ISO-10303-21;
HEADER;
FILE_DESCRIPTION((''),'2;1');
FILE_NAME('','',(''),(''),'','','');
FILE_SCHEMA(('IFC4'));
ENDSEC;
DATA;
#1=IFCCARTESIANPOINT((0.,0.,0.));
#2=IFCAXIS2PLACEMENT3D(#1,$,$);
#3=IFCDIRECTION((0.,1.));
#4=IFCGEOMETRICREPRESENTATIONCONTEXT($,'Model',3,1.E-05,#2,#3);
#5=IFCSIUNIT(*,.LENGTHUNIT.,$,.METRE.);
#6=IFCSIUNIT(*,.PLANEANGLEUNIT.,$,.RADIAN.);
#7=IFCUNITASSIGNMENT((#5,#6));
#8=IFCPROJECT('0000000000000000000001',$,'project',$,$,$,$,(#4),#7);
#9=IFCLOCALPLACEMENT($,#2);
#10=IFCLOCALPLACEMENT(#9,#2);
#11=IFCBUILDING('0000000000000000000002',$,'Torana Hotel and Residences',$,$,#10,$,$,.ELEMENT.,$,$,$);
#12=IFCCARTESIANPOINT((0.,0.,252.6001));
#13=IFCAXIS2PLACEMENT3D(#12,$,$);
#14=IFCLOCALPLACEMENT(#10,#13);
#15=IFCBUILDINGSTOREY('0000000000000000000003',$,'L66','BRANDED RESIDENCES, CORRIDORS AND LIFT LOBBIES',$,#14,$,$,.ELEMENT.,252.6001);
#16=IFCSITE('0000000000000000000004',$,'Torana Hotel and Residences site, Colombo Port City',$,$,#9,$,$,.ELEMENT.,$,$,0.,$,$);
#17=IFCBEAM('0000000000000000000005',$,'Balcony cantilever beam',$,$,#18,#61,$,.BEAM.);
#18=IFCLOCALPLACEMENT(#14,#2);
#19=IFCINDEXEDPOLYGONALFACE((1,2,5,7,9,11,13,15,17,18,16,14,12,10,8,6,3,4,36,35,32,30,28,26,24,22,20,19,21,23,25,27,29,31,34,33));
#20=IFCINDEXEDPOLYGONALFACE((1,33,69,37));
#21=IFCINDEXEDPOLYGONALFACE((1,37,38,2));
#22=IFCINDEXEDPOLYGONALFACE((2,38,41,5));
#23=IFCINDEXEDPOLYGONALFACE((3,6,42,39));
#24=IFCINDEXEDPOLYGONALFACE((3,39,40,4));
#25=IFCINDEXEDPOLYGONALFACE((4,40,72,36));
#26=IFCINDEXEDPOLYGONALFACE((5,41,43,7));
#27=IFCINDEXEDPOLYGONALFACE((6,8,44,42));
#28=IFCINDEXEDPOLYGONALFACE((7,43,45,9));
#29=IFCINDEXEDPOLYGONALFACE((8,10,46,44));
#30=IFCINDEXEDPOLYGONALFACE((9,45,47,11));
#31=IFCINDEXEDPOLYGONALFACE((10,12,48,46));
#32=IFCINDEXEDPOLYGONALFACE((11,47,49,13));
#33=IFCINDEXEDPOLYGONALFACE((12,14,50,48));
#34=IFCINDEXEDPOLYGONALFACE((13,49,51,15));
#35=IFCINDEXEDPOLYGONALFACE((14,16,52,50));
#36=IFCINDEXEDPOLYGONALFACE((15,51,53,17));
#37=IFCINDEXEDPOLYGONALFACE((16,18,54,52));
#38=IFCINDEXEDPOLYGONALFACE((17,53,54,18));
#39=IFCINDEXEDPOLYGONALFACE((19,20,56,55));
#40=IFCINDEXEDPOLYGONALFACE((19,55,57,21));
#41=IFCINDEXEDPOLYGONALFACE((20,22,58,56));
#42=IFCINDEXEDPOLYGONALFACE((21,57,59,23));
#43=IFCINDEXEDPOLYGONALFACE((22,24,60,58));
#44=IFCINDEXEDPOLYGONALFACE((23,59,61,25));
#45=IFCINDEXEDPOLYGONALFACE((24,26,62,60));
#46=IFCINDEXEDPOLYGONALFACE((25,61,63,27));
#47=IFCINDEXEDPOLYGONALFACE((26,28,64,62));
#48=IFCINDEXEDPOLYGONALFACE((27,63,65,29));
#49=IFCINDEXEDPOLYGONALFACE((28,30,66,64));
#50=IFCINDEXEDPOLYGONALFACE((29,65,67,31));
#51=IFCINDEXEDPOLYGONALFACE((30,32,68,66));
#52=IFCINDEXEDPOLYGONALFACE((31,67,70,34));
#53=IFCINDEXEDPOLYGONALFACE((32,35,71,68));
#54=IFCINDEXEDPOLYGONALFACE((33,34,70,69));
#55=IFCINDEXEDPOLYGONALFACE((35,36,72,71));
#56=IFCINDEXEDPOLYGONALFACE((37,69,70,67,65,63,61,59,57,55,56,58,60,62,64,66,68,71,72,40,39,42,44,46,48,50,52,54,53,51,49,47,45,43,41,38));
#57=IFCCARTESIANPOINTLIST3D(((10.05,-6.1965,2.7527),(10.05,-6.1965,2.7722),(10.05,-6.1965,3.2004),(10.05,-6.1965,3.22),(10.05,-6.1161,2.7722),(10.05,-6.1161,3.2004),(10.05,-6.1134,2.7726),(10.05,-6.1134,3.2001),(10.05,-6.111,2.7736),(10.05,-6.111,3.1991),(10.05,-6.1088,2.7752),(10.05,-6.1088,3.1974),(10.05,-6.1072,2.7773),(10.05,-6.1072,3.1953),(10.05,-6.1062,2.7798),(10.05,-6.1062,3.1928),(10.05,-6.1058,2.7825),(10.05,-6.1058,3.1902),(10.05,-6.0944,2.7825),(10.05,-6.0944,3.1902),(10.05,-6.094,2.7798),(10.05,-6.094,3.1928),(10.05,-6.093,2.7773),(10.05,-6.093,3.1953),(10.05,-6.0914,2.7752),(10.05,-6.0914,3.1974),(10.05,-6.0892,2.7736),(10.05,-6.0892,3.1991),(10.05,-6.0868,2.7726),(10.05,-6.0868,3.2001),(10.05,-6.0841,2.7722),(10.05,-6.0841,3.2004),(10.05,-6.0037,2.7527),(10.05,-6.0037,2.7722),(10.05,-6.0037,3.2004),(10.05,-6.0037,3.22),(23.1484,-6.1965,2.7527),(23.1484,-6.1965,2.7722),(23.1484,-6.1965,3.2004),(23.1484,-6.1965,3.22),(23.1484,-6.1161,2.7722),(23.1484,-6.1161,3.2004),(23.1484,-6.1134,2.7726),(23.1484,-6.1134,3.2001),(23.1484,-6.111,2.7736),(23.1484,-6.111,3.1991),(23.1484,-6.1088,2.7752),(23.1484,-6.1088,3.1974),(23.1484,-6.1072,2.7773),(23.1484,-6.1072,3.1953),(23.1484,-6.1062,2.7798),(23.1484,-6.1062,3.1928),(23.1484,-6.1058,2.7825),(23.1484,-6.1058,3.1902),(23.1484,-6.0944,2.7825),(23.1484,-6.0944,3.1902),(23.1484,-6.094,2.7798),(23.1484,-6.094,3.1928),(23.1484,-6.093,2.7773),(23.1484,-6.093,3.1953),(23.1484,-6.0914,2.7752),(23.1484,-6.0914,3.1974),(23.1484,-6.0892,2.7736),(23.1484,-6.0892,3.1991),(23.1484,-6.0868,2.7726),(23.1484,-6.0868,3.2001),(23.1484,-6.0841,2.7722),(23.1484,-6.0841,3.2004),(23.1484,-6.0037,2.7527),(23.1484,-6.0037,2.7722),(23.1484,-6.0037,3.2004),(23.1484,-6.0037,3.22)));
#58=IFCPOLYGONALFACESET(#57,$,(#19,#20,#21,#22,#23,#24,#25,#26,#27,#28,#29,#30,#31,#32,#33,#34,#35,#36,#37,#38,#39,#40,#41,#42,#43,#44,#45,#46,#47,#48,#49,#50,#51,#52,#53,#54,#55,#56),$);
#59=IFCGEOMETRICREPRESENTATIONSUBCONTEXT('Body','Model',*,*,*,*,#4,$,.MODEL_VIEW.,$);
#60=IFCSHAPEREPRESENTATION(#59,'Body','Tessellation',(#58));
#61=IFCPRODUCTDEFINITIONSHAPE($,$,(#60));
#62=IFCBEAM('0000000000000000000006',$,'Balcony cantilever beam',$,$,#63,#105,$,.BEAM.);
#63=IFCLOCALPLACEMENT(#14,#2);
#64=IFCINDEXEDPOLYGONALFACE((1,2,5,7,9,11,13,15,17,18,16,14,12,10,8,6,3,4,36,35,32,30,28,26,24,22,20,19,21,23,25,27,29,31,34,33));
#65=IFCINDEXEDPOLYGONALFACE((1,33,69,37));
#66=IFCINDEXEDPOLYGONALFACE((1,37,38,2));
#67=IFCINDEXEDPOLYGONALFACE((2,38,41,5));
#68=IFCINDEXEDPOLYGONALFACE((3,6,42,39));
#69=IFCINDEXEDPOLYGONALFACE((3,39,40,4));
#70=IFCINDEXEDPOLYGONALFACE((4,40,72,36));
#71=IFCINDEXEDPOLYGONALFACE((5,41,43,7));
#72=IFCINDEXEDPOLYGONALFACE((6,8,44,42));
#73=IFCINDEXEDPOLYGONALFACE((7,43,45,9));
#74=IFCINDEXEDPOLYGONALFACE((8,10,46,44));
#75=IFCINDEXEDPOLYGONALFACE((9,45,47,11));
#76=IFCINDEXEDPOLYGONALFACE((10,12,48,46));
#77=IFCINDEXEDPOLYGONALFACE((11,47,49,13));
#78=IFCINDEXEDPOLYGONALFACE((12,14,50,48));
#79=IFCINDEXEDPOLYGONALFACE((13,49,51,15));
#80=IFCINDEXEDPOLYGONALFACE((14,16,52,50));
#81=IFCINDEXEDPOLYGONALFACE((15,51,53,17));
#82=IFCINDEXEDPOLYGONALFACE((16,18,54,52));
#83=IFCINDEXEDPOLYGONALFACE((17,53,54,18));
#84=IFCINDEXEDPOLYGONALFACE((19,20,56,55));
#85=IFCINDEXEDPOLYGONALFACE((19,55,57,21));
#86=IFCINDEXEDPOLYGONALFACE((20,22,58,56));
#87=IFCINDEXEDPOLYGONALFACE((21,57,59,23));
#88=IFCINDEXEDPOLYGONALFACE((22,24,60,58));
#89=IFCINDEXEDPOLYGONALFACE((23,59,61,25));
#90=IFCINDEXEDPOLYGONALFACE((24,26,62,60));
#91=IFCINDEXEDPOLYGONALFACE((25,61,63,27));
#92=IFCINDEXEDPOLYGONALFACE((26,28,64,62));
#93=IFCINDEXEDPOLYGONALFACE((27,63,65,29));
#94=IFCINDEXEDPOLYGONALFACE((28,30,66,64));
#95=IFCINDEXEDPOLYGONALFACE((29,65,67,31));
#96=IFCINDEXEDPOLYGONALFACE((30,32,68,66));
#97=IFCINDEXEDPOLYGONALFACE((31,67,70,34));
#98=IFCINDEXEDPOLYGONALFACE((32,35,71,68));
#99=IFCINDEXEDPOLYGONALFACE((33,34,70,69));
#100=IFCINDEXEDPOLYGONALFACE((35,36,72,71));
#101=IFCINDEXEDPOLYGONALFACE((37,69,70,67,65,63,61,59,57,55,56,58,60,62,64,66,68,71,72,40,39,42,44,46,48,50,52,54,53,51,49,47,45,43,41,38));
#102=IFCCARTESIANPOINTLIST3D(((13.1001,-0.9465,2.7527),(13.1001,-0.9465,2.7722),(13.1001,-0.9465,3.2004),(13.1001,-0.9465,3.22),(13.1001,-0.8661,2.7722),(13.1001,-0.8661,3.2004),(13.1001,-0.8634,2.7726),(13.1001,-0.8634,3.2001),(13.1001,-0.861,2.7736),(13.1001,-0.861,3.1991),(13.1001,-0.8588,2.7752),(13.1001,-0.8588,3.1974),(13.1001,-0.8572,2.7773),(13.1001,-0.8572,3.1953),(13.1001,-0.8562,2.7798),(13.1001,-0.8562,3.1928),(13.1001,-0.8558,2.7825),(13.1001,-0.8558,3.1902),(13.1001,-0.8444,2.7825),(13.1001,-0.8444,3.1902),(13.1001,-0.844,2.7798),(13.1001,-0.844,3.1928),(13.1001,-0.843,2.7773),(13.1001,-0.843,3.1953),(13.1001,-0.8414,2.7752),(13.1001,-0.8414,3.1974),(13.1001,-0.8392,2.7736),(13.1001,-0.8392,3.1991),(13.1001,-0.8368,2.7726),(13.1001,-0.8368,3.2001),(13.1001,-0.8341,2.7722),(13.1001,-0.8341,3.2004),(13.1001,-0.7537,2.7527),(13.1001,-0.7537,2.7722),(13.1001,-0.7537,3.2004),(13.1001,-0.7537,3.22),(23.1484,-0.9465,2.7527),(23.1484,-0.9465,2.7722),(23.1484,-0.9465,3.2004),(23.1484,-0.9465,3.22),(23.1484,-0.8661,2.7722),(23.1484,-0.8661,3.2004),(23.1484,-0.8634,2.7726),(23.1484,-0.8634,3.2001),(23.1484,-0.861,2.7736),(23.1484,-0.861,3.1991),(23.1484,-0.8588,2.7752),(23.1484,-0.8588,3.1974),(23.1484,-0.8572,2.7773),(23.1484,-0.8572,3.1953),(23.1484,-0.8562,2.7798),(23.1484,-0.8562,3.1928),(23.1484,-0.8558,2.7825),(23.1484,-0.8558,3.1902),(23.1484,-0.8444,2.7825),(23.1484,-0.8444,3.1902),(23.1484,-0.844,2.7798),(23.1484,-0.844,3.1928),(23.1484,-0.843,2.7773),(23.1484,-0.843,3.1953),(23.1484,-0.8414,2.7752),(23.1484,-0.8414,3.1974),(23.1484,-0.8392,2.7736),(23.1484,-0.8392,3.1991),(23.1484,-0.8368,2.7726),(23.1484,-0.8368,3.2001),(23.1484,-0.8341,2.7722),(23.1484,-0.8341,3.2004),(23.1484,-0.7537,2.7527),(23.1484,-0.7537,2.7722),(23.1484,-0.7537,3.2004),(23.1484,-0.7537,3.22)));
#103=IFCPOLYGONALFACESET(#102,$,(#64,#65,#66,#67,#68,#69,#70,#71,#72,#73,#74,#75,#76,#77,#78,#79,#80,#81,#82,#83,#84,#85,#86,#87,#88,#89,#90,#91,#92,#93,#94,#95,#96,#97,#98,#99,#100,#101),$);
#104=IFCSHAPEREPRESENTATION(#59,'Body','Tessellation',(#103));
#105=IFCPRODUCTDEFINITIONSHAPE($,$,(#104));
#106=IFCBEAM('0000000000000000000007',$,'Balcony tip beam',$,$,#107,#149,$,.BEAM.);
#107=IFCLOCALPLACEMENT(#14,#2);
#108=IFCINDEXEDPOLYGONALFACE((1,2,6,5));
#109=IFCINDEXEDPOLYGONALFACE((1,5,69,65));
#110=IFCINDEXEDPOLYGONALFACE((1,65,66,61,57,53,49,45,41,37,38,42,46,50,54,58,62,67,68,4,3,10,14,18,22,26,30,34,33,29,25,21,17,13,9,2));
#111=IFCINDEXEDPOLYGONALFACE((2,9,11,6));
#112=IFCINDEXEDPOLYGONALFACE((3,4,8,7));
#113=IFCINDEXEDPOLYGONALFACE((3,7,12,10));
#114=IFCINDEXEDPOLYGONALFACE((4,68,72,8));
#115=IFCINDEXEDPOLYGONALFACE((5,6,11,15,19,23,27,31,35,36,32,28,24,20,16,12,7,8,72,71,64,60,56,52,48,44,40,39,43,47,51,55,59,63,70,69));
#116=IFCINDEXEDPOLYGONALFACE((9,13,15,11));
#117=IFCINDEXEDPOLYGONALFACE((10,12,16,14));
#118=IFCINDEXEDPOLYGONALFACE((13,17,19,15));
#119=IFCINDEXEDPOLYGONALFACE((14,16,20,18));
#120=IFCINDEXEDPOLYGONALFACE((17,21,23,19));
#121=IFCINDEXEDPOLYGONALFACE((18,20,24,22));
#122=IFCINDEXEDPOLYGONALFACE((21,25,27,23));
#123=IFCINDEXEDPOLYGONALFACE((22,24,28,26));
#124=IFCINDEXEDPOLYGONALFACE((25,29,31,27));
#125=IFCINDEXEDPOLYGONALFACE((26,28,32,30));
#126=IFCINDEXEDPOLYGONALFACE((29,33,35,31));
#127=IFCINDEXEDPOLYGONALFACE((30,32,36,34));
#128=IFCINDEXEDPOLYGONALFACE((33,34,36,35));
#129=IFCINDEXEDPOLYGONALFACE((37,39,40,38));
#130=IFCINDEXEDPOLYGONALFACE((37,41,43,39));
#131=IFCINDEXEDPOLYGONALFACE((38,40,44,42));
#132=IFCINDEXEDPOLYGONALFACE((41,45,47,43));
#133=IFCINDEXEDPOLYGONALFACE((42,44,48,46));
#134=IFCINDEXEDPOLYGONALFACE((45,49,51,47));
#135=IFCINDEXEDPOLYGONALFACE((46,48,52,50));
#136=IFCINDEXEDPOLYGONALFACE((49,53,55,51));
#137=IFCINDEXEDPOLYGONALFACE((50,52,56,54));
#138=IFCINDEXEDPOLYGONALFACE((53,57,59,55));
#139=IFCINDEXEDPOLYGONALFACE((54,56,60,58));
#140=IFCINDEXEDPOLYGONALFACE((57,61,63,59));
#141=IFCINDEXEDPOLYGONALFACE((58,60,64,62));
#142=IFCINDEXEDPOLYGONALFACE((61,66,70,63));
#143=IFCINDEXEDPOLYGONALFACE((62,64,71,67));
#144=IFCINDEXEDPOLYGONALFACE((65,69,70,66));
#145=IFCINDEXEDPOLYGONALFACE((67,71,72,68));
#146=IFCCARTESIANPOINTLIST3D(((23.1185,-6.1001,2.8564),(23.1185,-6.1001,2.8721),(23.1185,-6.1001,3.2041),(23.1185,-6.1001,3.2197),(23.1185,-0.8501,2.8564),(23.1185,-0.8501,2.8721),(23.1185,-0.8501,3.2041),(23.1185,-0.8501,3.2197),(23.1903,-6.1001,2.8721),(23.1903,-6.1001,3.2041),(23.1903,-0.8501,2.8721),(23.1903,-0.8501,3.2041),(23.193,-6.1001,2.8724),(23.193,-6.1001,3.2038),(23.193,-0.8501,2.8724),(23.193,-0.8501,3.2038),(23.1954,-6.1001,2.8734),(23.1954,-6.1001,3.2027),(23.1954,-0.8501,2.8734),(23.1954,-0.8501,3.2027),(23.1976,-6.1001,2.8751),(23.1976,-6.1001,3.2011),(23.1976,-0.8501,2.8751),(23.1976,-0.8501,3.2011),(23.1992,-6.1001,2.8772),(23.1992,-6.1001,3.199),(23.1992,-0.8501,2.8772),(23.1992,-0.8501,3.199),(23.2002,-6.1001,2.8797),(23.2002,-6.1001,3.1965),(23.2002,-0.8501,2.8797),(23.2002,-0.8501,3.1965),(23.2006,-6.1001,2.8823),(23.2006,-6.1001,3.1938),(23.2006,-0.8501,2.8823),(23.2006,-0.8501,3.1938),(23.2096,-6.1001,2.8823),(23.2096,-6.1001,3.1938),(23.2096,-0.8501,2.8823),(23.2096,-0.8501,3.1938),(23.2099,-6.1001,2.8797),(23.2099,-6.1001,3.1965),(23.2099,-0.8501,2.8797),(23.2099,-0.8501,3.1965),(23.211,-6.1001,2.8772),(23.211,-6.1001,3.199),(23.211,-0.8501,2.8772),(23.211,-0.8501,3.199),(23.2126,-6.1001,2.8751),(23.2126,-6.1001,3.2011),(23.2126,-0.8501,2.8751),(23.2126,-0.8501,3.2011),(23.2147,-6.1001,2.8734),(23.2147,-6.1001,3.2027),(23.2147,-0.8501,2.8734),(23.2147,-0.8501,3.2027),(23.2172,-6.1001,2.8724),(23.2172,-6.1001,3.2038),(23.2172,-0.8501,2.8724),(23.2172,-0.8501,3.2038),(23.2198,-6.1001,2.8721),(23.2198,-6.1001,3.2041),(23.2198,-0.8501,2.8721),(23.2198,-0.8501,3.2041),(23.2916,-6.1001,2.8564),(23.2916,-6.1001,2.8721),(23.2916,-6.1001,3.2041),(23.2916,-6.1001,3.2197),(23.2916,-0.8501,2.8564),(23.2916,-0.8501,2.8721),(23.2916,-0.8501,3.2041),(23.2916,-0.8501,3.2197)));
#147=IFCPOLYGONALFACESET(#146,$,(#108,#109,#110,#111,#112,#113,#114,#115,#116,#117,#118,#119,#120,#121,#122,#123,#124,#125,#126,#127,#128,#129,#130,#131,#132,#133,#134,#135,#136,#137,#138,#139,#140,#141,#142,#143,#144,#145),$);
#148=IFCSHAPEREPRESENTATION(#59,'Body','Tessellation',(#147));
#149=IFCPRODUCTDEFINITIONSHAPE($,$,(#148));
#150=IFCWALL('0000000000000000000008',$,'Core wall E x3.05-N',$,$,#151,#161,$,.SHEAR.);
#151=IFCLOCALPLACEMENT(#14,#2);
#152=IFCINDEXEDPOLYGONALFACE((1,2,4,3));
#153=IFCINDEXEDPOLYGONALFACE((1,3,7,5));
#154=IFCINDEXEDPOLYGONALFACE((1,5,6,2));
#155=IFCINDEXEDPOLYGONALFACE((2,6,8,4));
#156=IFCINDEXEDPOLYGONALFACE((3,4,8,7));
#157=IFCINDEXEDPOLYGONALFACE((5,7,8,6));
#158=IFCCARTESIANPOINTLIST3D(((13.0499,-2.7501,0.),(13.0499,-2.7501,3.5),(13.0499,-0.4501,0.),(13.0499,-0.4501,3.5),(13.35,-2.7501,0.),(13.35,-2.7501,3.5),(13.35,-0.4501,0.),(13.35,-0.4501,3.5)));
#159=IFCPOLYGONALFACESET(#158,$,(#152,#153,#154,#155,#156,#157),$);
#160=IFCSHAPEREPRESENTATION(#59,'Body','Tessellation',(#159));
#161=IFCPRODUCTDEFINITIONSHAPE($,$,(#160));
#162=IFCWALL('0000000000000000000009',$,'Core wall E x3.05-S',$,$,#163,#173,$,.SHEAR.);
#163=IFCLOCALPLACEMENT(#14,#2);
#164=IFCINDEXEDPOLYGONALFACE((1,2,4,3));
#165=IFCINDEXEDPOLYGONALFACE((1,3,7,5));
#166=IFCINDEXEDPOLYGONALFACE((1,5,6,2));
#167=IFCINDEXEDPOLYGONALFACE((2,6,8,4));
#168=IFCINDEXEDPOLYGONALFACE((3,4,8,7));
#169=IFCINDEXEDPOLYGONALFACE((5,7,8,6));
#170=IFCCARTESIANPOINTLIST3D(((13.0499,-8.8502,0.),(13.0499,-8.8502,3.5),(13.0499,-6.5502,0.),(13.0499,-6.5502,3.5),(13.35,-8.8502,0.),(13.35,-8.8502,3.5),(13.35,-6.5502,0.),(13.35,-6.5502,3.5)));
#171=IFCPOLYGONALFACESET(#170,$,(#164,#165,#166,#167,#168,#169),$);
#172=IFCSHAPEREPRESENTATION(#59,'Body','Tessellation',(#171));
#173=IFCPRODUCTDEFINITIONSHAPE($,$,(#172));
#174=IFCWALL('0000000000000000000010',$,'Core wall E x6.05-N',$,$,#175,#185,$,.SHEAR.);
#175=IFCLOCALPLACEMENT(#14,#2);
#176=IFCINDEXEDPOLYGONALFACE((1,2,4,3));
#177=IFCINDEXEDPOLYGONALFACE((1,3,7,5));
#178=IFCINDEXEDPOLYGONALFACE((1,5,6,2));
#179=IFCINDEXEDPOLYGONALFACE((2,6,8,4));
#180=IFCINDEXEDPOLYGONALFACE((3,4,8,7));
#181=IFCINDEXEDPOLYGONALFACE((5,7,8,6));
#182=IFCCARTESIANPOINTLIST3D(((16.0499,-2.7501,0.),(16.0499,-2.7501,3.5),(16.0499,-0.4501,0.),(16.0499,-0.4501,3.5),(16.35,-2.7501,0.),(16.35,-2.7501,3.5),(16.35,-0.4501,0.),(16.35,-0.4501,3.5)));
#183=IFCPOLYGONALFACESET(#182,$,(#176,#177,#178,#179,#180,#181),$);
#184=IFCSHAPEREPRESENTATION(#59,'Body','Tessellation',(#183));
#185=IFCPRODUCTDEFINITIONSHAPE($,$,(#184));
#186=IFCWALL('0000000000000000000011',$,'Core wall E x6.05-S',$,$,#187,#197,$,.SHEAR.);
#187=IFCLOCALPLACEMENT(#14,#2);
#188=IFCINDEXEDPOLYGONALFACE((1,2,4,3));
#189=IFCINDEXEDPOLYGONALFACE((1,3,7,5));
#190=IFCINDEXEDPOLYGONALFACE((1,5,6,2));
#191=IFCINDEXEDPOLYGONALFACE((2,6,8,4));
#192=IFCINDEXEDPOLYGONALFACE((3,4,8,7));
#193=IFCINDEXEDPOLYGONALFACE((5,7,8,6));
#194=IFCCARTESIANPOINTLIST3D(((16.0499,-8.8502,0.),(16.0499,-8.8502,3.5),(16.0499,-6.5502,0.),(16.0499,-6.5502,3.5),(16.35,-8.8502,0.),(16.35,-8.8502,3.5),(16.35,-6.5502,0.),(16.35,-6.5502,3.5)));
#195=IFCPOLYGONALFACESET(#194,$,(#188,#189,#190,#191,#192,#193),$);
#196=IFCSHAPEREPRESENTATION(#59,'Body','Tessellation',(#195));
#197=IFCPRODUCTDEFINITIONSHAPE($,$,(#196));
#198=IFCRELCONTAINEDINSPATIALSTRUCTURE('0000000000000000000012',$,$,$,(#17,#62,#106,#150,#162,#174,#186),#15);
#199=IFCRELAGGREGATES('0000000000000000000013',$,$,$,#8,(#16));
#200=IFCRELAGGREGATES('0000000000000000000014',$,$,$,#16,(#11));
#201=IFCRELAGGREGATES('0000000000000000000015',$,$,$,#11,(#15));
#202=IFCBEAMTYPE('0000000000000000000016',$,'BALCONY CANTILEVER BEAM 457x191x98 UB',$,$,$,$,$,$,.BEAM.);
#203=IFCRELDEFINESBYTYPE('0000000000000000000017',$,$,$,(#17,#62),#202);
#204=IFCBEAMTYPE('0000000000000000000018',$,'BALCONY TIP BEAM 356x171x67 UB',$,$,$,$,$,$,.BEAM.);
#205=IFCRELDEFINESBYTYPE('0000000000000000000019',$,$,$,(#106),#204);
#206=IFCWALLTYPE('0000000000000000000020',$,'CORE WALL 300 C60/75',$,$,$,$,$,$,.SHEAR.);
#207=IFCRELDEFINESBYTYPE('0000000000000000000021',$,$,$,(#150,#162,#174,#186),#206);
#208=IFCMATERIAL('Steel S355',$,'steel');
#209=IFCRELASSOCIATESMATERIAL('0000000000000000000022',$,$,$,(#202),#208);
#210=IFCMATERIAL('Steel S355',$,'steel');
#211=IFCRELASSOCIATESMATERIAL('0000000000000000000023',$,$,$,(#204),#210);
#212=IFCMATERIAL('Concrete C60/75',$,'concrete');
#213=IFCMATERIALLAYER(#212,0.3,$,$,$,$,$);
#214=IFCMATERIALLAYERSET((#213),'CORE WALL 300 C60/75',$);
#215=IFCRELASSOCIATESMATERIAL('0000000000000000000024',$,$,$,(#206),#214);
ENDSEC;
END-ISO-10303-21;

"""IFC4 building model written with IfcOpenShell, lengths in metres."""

from ifc_helpers import new_model, si_unit, direction, frame, frame_2d, origin, origin_2d, place, context, subcontext, project, spatial, rectangle, i_section, extrude, material, layer, layer_set, material_profile, profile_set, type_object, element, save


model = new_model("IFC4")

# Units and contexts
model_context = context("Model", 3, precision=1e-05, world=origin(), true_north=direction((0.0, 1.0)))
body_context = subcontext(model_context, "Body", "Model", "MODEL_VIEW")
ifc_project = project(units=[si_unit("LENGTHUNIT", "METRE"), si_unit("PLANEANGLEUNIT", "RADIAN")], contexts=[model_context])

# Site, building, storey
site_placement = place(None, origin())
site = spatial("IfcSite", under=ifc_project, at=site_placement, Name="Torana Hotel and Residences site, Colombo Port City", CompositionType="ELEMENT", RefElevation=0.0)
building_placement = place(site_placement, origin())
building = spatial("IfcBuilding", under=site, at=building_placement, Name="Torana Hotel and Residences", CompositionType="ELEMENT")
storey_placement = place(building_placement, frame((0.0, 0.0, 252.6001)))
storey = spatial("IfcBuildingStorey", under=building, at=storey_placement, Name="L66", Description="BRANDED RESIDENCES, CORRIDORS AND LIFT LOBBIES", CompositionType="ELEMENT", Elevation=252.6001)

# Beams
ifc_material_1 = material(Name="Steel S355", Category="steel")
ifc_material_profile_1 = material_profile(ifc_material_1, i_section(OverallWidth=0.1929, OverallDepth=0.4673, WebThickness=0.0115, FlangeThickness=0.0195, FilletRadius=0.0103, at=origin_2d()), Name="457x191x98 UB")
ifc_profile_set_1 = profile_set([ifc_material_profile_1], Name="Steel S355")
beam_type_1 = type_object("IfcBeamType", Name="BALCONY CANTILEVER BEAM 457x191x98 UB", PredefinedType="BEAM", material=ifc_profile_set_1)
beam_1_placement = place(storey_placement, frame((23.1484, -6.1001, 2.9863), z_axis=(-1.0, 0.0, 0.0), x_axis=(0.0, -1.0, 0.0)))
element("IfcBeam", 1, at=beam_1_placement, inside=storey, type_object=beam_type_1, Name="Balcony cantilever beam", PredefinedType="BEAM", context=body_context, shape_type="SweptSolid", body=[
    extrude(i_section(OverallWidth=0.1929, OverallDepth=0.4673, WebThickness=0.0115, FlangeThickness=0.0195, FilletRadius=0.0103, at=origin_2d()), origin(), (0.0, 0.0, 1.0), 13.0984),
])
beam_2_placement = place(storey_placement, frame((23.1484, -0.8501, 2.9863), z_axis=(-1.0, 0.0, 0.0), x_axis=(0.0, -1.0, 0.0)))
element("IfcBeam", 2, at=beam_2_placement, inside=storey, type_object=beam_type_1, Name="Balcony cantilever beam", PredefinedType="BEAM", context=body_context, shape_type="SweptSolid", body=[
    extrude(i_section(OverallWidth=0.1929, OverallDepth=0.4673, WebThickness=0.0115, FlangeThickness=0.0195, FilletRadius=0.0103, at=origin_2d()), origin(), (0.0, 0.0, 1.0), 10.0483),
])
ifc_material_2 = material(Name="Steel S355", Category="steel")
ifc_material_profile_2 = material_profile(ifc_material_2, i_section(OverallWidth=0.1731, OverallDepth=0.3633, WebThickness=0.009, FlangeThickness=0.0156, FilletRadius=0.0103, at=origin_2d()), Name="356x171x67 UB")
ifc_profile_set_2 = profile_set([ifc_material_profile_2], Name="Steel S355")
beam_type_2 = type_object("IfcBeamType", Name="BALCONY TIP BEAM 356x171x67 UB", PredefinedType="BEAM", material=ifc_profile_set_2)
beam_3_placement = place(storey_placement, frame((23.2051, -6.1001, 3.0381), z_axis=(0.0, 1.0, 0.0), x_axis=(-1.0, 0.0, 0.0)))
element("IfcBeam", 3, at=beam_3_placement, inside=storey, type_object=beam_type_2, Name="Balcony tip beam", PredefinedType="BEAM", context=body_context, shape_type="SweptSolid", body=[
    extrude(i_section(OverallWidth=0.1731, OverallDepth=0.3633, WebThickness=0.009, FlangeThickness=0.0156, FilletRadius=0.0103, at=origin_2d()), origin(), (0.0, 0.0, 1.0), 5.25),
])

# Walls
ifc_material_3 = material(Name="Concrete C60/75", Category="concrete")
ifc_layer_1 = layer(ifc_material_3, 0.3)
ifc_layer_set_1 = layer_set([ifc_layer_1], Name="CORE WALL 300 C60/75")
wall_type_1 = type_object("IfcWallType", Name="CORE WALL 300 C60/75", PredefinedType="SHEAR", material=ifc_layer_set_1)
for number, where, z_axis, x_axis, name in (
    (4, (13.2, -2.75, 0.0), (0.0, 0.0, 1.0), (0.0, 1.0, 0.0), "Core wall E x3.05-N"),
    (5, (13.2, -8.8501, 0.0), (0.0, 0.0, 1.0), (0.0, 1.0, 0.0), "Core wall E x3.05-S"),
    (6, (16.2, -2.75, 0.0), (0.0, 0.0, 1.0), (0.0, 1.0, 0.0), "Core wall E x6.05-N"),
    (7, (16.2, -8.8501, 0.0), (0.0, 0.0, 1.0), (0.0, 1.0, 0.0), "Core wall E x6.05-S"),
):
    element("IfcWall", number, at=place(storey_placement, frame(where, z_axis=z_axis, x_axis=x_axis)), inside=storey, type_object=wall_type_1, Name=name, PredefinedType="SHEAR", context=body_context, shape_type="SweptSolid", body=[
        extrude(rectangle(XDim=2.3, YDim=0.3, at=frame_2d((1.1499, 0.0))), origin(), (0.0, 0.0, 1.0), 3.5),
    ])

save(model, "model.ifc")
